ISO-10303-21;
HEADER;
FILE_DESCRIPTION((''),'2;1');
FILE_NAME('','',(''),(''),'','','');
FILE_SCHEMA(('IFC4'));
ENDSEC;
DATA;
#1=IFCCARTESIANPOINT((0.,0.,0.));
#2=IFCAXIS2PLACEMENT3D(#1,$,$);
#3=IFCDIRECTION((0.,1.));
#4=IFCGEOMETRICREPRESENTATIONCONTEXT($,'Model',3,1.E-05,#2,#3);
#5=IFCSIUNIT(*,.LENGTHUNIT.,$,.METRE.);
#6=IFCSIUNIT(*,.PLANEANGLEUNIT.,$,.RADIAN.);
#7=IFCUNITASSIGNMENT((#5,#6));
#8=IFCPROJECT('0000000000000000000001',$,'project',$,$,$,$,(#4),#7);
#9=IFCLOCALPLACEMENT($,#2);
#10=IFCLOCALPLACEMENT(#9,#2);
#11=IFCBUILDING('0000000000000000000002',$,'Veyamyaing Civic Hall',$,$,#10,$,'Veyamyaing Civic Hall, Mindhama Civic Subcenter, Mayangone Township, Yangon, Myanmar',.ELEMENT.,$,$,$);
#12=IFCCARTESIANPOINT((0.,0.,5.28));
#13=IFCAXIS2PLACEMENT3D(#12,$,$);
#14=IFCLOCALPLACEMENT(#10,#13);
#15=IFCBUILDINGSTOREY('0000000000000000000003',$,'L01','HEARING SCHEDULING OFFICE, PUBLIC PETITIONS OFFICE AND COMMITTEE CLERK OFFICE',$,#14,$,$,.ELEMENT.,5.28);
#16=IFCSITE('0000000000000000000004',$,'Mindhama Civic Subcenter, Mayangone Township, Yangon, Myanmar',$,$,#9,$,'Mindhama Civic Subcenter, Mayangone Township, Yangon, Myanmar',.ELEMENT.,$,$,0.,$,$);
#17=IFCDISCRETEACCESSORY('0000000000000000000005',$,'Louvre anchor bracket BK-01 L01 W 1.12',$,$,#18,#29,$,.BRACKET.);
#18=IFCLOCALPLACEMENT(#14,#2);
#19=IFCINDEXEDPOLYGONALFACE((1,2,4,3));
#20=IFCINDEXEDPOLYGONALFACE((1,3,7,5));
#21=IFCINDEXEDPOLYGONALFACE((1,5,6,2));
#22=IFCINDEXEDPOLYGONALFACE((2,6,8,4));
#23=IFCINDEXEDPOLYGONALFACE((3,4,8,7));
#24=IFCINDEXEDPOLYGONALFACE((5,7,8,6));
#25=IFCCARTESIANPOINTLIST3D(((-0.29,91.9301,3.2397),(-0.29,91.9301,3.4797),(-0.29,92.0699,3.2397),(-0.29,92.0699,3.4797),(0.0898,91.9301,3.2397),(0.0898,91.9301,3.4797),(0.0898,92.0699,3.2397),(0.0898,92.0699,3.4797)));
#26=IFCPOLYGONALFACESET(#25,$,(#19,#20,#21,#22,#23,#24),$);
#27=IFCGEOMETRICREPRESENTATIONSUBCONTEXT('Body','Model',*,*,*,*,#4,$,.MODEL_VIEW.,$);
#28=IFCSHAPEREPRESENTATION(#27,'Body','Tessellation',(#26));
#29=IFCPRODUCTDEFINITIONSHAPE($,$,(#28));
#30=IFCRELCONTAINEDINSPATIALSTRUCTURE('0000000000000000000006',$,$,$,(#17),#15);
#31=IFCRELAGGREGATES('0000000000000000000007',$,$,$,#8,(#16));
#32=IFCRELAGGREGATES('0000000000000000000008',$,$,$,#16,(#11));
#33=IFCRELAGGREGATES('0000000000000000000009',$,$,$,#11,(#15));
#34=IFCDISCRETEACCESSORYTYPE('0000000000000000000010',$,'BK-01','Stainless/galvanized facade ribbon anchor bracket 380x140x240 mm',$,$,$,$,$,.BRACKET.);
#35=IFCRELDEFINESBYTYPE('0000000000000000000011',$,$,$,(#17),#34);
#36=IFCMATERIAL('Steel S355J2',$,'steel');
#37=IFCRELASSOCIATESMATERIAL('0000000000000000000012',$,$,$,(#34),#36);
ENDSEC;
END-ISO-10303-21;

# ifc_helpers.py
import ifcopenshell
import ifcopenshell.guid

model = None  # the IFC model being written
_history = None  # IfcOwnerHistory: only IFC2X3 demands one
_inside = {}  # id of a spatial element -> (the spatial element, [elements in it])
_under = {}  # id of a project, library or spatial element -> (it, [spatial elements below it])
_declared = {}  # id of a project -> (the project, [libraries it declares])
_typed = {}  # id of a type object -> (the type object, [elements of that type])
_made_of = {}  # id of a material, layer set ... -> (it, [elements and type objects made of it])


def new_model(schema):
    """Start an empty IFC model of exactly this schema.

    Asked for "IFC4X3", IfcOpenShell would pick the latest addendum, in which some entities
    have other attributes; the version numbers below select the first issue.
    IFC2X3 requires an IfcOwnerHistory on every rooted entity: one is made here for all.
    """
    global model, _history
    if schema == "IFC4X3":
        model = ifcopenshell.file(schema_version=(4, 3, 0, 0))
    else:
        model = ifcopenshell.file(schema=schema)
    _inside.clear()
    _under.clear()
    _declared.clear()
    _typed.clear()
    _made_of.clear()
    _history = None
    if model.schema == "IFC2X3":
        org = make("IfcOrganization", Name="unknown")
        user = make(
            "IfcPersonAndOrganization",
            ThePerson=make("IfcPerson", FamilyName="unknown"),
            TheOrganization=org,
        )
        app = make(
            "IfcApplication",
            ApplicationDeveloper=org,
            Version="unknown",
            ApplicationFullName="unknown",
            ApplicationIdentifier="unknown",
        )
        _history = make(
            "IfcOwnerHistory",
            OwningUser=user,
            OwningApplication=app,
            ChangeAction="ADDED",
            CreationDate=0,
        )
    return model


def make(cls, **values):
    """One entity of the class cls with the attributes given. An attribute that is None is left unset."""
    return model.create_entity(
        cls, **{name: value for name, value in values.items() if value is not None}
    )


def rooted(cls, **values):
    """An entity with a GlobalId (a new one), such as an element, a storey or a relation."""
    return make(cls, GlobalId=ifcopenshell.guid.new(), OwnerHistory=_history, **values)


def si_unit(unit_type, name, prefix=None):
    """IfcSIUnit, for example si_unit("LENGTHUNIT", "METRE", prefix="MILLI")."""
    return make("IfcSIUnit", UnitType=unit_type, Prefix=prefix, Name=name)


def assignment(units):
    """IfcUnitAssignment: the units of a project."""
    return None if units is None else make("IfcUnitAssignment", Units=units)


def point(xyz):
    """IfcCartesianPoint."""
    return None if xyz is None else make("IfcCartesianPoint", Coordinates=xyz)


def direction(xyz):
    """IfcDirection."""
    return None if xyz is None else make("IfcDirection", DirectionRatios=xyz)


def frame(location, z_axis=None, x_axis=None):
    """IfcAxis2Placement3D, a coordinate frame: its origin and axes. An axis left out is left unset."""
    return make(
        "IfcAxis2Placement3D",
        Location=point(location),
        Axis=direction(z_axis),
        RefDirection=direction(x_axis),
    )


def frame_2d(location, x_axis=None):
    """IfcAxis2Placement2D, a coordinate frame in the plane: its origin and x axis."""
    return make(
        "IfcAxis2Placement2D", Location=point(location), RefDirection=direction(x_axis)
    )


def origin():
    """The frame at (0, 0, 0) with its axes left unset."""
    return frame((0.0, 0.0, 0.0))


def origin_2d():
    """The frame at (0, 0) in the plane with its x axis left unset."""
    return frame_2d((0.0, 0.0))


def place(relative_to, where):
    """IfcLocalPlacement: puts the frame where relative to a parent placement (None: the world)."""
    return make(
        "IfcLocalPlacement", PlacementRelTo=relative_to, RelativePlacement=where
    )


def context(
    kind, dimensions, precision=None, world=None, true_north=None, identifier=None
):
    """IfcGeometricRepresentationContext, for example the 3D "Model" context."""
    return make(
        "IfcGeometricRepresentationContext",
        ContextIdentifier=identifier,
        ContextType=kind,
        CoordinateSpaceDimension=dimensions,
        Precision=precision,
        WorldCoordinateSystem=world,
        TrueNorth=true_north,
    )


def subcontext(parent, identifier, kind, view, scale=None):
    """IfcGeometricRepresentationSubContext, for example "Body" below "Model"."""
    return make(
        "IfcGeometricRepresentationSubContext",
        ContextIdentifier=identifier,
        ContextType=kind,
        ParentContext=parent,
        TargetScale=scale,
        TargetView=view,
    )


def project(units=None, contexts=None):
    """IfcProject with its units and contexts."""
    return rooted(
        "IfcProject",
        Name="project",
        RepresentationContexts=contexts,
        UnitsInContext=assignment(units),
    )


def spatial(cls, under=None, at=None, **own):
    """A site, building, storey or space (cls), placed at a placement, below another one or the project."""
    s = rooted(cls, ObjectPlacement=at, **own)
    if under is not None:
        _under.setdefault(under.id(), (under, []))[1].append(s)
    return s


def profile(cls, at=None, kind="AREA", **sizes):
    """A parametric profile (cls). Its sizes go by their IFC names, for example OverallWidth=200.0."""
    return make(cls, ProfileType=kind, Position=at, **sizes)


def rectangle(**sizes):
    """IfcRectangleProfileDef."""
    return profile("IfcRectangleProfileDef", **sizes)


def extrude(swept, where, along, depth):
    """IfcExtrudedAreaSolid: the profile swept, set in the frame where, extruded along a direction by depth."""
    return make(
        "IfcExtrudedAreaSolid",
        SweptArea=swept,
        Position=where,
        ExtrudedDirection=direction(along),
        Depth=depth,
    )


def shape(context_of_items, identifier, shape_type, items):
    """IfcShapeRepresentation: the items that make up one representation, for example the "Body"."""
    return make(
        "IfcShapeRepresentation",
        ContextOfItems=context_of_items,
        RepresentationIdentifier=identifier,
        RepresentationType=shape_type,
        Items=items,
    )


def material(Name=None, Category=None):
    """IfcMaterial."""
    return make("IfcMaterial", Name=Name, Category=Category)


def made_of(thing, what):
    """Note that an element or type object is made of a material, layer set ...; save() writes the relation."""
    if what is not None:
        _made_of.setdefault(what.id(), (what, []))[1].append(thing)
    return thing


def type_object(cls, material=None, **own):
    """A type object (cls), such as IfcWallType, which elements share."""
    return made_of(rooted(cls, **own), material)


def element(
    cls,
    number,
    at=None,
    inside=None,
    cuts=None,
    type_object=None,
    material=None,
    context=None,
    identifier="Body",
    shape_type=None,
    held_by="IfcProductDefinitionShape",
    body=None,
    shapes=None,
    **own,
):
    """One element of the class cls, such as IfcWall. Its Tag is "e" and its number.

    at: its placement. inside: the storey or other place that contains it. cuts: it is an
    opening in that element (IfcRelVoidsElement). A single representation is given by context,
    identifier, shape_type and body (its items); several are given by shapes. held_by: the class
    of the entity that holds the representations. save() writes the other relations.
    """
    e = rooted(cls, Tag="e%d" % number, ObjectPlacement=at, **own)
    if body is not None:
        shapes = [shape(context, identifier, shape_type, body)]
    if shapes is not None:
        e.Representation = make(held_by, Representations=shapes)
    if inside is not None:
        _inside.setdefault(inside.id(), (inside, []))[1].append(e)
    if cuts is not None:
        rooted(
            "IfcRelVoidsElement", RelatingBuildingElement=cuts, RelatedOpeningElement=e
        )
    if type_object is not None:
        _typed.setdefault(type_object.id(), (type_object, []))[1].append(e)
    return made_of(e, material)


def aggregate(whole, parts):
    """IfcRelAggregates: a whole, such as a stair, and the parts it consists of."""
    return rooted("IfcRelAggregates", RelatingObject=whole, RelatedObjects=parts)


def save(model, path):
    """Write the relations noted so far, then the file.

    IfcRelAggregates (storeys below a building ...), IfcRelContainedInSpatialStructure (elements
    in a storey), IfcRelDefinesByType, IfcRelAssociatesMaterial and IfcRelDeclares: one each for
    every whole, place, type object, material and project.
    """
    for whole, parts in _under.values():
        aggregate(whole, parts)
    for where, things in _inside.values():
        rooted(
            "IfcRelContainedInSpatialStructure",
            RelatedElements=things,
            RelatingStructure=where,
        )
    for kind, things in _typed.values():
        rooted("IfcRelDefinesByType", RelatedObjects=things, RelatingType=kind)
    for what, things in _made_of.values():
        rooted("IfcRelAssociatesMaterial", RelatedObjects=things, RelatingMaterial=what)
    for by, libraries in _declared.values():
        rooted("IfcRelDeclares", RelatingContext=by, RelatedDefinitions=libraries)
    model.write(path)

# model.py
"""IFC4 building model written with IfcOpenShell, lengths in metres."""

from ifc_helpers import new_model, si_unit, direction, frame, origin, origin_2d, place, context, subcontext, project, spatial, rectangle, extrude, material, type_object, element, save


model = new_model("IFC4")

# Units and contexts
model_context = context("Model", 3, precision=1e-05, world=origin(), true_north=direction((0.0, 1.0)))
body_context = subcontext(model_context, "Body", "Model", "MODEL_VIEW")
ifc_project = project(units=[si_unit("LENGTHUNIT", "METRE"), si_unit("PLANEANGLEUNIT", "RADIAN")], contexts=[model_context])

# Site, building, storey
site_placement = place(None, origin())
site = spatial("IfcSite", under=ifc_project, at=site_placement, Name="Mindhama Civic Subcenter, Mayangone Township, Yangon, Myanmar", LongName="Mindhama Civic Subcenter, Mayangone Township, Yangon, Myanmar", CompositionType="ELEMENT", RefElevation=0.0)
building_placement = place(site_placement, origin())
building = spatial("IfcBuilding", under=site, at=building_placement, Name="Veyamyaing Civic Hall", LongName="Veyamyaing Civic Hall, Mindhama Civic Subcenter, Mayangone Township, Yangon, Myanmar", CompositionType="ELEMENT")
storey_placement = place(building_placement, frame((0.0, 0.0, 5.28)))
storey = spatial("IfcBuildingStorey", under=building, at=storey_placement, Name="L01", Description="HEARING SCHEDULING OFFICE, PUBLIC PETITIONS OFFICE AND COMMITTEE CLERK OFFICE", CompositionType="ELEMENT", Elevation=5.28)

# Shared definitions
ifc_material_1 = material(Name="Steel S355J2", Category="steel")

# Discrete accessory
discrete_accessory_type = type_object("IfcDiscreteAccessoryType", Name="BK-01", Description="Stainless/galvanized facade ribbon anchor bracket 380x140x240 mm", PredefinedType="BRACKET", material=ifc_material_1)
for number, where, z_axis, x_axis, name in (
    (1, (-0.1001, 92.0, 3.2397), (0.0, 0.0, 1.0), (-1.0, 0.0, 0.0), "Louvre anchor bracket BK-01 L01 W 1.12"),
):
    element("IfcDiscreteAccessory", number, at=place(storey_placement, frame(where, z_axis=z_axis, x_axis=x_axis)), inside=storey, type_object=discrete_accessory_type, Name=name, PredefinedType="BRACKET", context=body_context, shape_type="SweptSolid", body=[
        extrude(rectangle(XDim=0.3799, YDim=0.1399, at=origin_2d()), origin(), (0.0, 0.0, 1.0), 0.24),
    ])

save(model, "model.ifc")
